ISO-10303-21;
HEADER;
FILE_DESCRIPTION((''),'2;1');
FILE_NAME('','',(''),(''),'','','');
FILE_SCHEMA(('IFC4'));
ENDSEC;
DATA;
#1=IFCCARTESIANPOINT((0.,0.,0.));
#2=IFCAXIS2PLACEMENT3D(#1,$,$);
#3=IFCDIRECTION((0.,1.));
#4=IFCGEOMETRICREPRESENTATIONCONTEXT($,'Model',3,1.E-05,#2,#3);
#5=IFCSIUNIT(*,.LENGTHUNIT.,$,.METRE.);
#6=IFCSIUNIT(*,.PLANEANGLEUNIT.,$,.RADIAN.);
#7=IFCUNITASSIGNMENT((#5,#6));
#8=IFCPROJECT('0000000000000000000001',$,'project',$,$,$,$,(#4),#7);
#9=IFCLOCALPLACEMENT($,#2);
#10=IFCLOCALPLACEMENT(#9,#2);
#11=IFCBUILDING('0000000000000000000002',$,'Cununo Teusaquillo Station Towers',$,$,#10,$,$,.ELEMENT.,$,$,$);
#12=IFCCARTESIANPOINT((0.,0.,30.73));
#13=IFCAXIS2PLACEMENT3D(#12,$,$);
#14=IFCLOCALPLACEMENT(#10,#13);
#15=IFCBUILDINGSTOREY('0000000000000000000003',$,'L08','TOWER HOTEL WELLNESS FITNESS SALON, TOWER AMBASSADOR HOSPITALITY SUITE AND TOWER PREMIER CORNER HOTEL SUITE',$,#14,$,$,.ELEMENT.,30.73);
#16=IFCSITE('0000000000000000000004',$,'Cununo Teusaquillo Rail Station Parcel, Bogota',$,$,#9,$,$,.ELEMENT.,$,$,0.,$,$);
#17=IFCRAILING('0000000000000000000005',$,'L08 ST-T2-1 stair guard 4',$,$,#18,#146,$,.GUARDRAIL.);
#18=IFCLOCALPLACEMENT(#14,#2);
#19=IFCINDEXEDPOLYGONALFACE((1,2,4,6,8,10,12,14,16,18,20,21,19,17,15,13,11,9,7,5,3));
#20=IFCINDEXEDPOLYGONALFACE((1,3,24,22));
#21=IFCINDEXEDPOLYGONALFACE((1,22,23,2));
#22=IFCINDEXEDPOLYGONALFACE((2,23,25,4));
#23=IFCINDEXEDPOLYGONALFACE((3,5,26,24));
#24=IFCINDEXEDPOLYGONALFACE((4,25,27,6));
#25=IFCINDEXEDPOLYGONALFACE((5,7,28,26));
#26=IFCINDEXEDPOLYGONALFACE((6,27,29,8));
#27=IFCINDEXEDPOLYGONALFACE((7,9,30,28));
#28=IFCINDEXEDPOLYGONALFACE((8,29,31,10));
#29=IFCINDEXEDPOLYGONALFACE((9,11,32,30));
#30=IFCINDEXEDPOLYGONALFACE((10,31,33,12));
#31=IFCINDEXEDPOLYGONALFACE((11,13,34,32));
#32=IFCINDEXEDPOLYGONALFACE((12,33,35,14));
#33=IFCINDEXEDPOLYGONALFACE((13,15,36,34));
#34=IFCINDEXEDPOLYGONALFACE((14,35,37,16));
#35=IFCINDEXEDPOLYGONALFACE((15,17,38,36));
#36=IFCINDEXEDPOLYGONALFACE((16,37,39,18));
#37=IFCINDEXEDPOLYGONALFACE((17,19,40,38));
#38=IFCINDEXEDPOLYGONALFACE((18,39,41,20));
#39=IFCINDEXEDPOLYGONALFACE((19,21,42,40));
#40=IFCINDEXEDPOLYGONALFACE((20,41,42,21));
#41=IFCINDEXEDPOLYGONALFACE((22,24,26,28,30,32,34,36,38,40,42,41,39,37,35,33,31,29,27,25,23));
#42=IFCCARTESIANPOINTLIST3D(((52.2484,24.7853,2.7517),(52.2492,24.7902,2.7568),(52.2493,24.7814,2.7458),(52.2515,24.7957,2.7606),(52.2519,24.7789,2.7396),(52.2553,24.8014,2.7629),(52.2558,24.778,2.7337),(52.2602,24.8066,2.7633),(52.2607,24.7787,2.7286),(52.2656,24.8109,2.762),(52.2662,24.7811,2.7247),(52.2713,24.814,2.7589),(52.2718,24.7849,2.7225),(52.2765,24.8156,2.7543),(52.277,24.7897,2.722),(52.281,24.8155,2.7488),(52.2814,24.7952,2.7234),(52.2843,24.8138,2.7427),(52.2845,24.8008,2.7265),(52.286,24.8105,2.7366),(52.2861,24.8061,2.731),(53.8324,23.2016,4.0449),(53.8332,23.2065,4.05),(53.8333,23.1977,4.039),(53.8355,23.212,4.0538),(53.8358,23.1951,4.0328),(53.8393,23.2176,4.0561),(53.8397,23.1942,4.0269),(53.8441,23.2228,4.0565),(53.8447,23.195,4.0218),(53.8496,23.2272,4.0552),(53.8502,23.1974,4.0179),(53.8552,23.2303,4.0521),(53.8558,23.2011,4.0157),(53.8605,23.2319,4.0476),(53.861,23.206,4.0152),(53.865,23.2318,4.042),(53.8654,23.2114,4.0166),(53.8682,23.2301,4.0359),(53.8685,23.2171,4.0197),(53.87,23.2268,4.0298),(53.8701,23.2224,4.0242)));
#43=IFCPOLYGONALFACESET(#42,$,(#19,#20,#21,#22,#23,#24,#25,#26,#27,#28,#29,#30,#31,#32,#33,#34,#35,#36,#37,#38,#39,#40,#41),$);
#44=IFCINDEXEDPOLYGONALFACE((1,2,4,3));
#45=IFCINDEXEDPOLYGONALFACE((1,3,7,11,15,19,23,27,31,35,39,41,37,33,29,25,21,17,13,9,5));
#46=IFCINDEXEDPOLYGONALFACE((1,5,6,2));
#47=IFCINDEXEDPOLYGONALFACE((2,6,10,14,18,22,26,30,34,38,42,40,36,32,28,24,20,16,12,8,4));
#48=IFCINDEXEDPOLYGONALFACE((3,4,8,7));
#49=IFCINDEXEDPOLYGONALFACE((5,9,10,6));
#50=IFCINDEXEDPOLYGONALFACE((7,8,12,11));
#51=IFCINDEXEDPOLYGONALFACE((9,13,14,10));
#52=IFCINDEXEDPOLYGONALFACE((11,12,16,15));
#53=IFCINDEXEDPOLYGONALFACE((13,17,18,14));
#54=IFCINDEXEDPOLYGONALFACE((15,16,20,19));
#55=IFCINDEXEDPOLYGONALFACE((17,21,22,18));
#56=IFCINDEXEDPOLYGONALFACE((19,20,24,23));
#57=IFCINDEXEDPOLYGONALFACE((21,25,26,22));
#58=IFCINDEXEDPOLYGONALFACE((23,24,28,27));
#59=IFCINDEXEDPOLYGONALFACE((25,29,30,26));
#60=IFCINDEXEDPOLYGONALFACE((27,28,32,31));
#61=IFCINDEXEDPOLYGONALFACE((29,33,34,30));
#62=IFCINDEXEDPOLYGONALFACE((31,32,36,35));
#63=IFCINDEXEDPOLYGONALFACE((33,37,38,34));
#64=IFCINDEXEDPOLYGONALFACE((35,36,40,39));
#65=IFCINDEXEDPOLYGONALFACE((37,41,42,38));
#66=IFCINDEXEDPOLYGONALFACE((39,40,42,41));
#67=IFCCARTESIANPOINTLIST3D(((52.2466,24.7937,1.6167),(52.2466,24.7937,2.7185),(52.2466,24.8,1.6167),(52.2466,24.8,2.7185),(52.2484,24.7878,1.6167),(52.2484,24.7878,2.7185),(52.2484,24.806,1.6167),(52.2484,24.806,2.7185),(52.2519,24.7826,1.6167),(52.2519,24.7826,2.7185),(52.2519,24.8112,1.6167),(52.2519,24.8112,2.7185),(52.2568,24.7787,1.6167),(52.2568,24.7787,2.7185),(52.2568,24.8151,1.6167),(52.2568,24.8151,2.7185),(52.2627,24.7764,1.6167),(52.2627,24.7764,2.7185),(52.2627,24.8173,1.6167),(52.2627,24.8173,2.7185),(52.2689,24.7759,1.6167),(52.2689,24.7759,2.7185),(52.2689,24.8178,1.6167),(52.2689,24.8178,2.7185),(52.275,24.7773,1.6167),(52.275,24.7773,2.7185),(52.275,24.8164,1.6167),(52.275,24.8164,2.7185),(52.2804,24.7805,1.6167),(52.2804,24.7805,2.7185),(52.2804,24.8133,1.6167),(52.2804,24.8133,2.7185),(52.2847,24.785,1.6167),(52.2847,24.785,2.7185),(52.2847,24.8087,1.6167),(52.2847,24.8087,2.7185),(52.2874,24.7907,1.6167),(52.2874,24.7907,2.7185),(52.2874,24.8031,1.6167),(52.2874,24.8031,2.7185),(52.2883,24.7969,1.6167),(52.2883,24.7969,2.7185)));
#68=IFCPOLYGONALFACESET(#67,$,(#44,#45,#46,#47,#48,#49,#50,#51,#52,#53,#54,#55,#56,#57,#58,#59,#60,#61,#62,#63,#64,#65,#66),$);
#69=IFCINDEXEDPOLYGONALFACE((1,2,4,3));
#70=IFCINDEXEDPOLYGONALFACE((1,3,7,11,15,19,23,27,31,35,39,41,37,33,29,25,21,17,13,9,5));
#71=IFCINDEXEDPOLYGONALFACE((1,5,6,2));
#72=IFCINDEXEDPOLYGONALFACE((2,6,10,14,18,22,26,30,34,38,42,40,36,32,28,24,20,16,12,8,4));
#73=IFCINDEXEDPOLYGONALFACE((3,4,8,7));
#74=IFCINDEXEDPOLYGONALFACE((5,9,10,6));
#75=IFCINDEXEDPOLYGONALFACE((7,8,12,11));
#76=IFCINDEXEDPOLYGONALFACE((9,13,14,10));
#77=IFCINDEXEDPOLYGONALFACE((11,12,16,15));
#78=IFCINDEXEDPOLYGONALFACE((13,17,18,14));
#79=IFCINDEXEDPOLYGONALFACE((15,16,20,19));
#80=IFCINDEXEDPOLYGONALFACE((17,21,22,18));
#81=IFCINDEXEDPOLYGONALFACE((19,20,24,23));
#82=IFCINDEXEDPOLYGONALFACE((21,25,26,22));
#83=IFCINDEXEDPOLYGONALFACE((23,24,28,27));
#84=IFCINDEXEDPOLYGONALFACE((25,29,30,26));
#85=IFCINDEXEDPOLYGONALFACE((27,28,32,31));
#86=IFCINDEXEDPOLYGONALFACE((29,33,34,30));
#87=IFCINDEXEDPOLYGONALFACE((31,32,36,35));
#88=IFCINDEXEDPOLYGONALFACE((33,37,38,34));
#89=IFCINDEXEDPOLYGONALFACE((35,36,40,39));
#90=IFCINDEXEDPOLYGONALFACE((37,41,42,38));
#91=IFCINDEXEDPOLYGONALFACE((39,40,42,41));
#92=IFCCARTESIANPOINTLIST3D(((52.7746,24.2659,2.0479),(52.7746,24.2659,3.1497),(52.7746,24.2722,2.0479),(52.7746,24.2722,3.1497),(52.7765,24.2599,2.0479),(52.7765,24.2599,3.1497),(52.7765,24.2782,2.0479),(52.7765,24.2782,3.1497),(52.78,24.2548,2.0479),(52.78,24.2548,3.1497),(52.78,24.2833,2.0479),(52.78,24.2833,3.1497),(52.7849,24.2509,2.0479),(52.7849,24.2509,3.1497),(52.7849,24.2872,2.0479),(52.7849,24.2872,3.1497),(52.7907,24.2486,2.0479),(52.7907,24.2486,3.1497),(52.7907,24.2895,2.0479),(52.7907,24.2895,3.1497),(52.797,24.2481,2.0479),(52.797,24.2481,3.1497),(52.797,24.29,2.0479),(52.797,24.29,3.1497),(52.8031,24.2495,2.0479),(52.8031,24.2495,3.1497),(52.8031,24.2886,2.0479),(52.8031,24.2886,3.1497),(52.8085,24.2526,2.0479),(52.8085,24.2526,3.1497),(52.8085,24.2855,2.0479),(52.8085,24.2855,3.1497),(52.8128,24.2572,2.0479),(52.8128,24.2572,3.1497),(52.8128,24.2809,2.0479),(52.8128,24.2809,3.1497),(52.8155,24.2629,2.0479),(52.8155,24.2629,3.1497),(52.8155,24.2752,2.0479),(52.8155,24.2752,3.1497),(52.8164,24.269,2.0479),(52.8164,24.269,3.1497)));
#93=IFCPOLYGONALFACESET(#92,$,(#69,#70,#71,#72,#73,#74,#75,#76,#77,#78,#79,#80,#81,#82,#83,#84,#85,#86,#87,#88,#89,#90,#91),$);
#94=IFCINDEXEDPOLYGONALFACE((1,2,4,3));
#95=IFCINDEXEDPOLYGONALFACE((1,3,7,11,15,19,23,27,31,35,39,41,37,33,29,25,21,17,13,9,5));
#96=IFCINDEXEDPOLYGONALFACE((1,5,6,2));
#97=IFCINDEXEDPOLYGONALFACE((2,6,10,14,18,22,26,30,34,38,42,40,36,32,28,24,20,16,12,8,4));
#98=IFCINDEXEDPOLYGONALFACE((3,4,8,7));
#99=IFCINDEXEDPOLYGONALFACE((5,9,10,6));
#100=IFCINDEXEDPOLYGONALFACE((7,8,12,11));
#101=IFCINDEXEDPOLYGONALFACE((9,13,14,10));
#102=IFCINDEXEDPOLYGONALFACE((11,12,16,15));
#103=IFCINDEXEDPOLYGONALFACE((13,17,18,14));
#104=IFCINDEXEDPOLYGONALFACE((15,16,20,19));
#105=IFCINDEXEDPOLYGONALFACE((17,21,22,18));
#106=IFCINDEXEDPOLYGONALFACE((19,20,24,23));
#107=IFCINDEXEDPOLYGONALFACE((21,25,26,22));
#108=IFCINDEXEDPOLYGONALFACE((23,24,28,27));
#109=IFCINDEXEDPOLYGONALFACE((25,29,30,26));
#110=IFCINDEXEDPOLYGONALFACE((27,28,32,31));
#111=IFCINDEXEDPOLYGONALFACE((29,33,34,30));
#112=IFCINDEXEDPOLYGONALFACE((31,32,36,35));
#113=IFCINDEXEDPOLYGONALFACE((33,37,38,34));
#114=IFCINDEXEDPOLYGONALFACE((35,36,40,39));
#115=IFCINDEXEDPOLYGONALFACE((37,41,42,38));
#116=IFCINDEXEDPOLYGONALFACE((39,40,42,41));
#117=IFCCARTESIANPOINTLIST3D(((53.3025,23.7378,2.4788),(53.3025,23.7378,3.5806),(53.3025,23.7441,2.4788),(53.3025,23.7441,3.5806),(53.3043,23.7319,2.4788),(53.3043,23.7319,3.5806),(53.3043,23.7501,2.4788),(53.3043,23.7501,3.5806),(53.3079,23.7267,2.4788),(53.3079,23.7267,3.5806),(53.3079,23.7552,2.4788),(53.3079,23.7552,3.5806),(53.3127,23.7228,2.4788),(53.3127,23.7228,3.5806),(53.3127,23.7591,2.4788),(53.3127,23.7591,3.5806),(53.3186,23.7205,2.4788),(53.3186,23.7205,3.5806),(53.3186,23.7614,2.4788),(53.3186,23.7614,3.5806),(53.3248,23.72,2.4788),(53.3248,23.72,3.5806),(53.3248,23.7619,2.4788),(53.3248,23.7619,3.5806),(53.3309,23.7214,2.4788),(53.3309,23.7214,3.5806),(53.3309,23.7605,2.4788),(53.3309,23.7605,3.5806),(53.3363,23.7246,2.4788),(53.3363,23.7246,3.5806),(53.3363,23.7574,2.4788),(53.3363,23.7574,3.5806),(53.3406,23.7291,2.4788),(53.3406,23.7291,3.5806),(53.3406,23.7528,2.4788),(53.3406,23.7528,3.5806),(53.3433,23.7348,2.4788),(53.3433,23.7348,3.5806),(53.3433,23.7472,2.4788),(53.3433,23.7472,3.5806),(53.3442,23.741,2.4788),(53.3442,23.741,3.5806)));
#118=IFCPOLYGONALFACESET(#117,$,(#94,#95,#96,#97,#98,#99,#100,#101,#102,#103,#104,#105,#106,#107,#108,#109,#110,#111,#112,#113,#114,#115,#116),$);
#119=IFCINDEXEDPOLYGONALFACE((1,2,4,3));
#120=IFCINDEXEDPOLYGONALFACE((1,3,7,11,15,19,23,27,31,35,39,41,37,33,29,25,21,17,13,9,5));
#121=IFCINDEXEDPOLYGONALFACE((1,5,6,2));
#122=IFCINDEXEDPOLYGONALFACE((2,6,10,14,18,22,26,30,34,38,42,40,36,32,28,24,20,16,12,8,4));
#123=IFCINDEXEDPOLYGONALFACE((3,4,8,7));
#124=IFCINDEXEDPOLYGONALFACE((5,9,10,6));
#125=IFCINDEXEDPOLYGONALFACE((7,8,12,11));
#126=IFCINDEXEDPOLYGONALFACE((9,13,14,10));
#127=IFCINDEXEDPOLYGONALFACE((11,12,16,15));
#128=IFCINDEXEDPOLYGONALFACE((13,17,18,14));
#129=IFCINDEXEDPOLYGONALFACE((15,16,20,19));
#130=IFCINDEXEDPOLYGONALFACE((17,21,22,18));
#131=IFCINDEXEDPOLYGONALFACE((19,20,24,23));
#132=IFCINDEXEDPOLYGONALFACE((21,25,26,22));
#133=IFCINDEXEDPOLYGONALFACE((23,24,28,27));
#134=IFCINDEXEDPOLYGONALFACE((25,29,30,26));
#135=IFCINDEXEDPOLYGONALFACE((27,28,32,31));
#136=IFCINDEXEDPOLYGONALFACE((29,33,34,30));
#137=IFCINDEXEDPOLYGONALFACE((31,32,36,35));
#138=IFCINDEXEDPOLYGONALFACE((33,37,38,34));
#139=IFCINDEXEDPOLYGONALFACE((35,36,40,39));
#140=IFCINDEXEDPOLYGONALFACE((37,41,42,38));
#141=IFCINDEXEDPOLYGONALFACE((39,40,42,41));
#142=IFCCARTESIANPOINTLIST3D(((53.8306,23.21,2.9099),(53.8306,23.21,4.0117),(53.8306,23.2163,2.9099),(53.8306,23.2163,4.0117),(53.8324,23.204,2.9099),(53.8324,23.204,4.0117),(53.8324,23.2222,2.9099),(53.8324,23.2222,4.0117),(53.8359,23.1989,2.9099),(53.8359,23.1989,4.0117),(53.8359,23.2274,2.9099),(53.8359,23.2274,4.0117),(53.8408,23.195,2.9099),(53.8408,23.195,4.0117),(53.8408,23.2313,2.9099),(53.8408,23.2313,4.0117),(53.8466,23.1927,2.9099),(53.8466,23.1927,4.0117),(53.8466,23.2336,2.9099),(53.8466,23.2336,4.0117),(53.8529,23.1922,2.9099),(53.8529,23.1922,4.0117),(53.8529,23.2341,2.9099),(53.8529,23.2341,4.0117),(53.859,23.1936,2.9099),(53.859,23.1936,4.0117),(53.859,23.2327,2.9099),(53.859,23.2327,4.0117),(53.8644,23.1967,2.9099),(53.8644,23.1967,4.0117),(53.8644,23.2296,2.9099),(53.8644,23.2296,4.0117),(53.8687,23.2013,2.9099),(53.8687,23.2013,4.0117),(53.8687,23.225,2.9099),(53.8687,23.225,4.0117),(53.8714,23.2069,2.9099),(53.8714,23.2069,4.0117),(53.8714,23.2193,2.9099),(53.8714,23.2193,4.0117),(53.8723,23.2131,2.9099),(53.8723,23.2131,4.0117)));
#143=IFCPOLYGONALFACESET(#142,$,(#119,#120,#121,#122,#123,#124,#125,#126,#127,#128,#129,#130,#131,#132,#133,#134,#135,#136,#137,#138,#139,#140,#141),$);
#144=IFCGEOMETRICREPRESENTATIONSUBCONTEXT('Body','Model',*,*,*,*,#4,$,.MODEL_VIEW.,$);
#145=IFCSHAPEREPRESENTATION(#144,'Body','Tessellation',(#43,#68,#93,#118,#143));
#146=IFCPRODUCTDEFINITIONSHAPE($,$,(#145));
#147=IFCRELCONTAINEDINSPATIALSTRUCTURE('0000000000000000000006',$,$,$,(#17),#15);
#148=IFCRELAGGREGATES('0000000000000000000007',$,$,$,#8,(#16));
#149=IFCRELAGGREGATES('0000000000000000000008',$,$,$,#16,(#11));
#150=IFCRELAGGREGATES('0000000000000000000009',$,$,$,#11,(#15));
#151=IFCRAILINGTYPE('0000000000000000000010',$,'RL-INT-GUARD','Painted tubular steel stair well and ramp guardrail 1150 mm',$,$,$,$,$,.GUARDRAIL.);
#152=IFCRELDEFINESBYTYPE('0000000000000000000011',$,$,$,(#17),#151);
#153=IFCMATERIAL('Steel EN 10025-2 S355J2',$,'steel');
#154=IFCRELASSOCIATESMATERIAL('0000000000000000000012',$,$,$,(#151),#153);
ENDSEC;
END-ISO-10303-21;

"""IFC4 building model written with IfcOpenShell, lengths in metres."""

from ifc_helpers import new_model, si_unit, direction, frame, origin, origin_2d, place, context, subcontext, project, spatial, circle, extrude, material, type_object, element, save


model = new_model("IFC4")

# Units and contexts
model_context = context("Model", 3, precision=1e-05, world=origin(), true_north=direction((0.0, 1.0)))
body_context = subcontext(model_context, "Body", "Model", "MODEL_VIEW")
ifc_project = project(units=[si_unit("LENGTHUNIT", "METRE"), si_unit("PLANEANGLEUNIT", "RADIAN")], contexts=[model_context])

# Site, building, storey
site_placement = place(None, origin())
site = spatial("IfcSite", under=ifc_project, at=site_placement, Name="Cununo Teusaquillo Rail Station Parcel, Bogota", CompositionType="ELEMENT", RefElevation=0.0)
building_placement = place(site_placement, origin())
building = spatial("IfcBuilding", under=site, at=building_placement, Name="Cununo Teusaquillo Station Towers", CompositionType="ELEMENT")
storey_placement = place(building_placement, frame((0.0, 0.0, 30.73)))
storey = spatial("IfcBuildingStorey", under=building, at=storey_placement, Name="L08", Description="TOWER HOTEL WELLNESS FITNESS SALON, TOWER AMBASSADOR HOSPITALITY SUITE AND TOWER PREMIER CORNER HOTEL SUITE", CompositionType="ELEMENT", Elevation=30.73)

# Railing
ifc_material_1 = material(Name="Steel EN 10025-2 S355J2", Category="steel")
railing_type_1 = type_object("IfcRailingType", Name="RL-INT-GUARD", Description="Painted tubular steel stair well and ramp guardrail 1150 mm", PredefinedType="GUARDRAIL", material=ifc_material_1)
railing_1_placement = place(storey_placement, frame((52.2673, 24.7969, 1.6167)))
element("IfcRailing", 1, at=railing_1_placement, inside=storey, type_object=railing_type_1, Name="L08 ST-T2-1 stair guard 4", PredefinedType="GUARDRAIL", context=body_context, shape_type="SweptSolid", body=[
    extrude(circle(Radius=0.0239, at=origin_2d()), frame((0.0, 0.0, 1.126), z_axis=(0.61242, -0.612326, 0.499998), x_axis=(0.707052, 0.707161, 0.0)), (0.0, 0.0, 1.0), 2.5864),
    extrude(circle(Radius=0.021, at=origin_2d()), origin(), (0.0, 0.0, 1.0), 1.1018),
    extrude(circle(Radius=0.021, at=origin_2d()), frame((0.5281, -0.5278, 0.4312)), (0.0, 0.0, 1.0), 1.1018),
    extrude(circle(Radius=0.021, at=origin_2d()), frame((1.0559, -1.0559, 0.8621)), (0.0, 0.0, 1.0), 1.1018),
    extrude(circle(Radius=0.021, at=origin_2d()), frame((1.584, -1.5837, 1.2932)), (0.0, 0.0, 1.0), 1.1018),
])

save(model, "model.ifc")
